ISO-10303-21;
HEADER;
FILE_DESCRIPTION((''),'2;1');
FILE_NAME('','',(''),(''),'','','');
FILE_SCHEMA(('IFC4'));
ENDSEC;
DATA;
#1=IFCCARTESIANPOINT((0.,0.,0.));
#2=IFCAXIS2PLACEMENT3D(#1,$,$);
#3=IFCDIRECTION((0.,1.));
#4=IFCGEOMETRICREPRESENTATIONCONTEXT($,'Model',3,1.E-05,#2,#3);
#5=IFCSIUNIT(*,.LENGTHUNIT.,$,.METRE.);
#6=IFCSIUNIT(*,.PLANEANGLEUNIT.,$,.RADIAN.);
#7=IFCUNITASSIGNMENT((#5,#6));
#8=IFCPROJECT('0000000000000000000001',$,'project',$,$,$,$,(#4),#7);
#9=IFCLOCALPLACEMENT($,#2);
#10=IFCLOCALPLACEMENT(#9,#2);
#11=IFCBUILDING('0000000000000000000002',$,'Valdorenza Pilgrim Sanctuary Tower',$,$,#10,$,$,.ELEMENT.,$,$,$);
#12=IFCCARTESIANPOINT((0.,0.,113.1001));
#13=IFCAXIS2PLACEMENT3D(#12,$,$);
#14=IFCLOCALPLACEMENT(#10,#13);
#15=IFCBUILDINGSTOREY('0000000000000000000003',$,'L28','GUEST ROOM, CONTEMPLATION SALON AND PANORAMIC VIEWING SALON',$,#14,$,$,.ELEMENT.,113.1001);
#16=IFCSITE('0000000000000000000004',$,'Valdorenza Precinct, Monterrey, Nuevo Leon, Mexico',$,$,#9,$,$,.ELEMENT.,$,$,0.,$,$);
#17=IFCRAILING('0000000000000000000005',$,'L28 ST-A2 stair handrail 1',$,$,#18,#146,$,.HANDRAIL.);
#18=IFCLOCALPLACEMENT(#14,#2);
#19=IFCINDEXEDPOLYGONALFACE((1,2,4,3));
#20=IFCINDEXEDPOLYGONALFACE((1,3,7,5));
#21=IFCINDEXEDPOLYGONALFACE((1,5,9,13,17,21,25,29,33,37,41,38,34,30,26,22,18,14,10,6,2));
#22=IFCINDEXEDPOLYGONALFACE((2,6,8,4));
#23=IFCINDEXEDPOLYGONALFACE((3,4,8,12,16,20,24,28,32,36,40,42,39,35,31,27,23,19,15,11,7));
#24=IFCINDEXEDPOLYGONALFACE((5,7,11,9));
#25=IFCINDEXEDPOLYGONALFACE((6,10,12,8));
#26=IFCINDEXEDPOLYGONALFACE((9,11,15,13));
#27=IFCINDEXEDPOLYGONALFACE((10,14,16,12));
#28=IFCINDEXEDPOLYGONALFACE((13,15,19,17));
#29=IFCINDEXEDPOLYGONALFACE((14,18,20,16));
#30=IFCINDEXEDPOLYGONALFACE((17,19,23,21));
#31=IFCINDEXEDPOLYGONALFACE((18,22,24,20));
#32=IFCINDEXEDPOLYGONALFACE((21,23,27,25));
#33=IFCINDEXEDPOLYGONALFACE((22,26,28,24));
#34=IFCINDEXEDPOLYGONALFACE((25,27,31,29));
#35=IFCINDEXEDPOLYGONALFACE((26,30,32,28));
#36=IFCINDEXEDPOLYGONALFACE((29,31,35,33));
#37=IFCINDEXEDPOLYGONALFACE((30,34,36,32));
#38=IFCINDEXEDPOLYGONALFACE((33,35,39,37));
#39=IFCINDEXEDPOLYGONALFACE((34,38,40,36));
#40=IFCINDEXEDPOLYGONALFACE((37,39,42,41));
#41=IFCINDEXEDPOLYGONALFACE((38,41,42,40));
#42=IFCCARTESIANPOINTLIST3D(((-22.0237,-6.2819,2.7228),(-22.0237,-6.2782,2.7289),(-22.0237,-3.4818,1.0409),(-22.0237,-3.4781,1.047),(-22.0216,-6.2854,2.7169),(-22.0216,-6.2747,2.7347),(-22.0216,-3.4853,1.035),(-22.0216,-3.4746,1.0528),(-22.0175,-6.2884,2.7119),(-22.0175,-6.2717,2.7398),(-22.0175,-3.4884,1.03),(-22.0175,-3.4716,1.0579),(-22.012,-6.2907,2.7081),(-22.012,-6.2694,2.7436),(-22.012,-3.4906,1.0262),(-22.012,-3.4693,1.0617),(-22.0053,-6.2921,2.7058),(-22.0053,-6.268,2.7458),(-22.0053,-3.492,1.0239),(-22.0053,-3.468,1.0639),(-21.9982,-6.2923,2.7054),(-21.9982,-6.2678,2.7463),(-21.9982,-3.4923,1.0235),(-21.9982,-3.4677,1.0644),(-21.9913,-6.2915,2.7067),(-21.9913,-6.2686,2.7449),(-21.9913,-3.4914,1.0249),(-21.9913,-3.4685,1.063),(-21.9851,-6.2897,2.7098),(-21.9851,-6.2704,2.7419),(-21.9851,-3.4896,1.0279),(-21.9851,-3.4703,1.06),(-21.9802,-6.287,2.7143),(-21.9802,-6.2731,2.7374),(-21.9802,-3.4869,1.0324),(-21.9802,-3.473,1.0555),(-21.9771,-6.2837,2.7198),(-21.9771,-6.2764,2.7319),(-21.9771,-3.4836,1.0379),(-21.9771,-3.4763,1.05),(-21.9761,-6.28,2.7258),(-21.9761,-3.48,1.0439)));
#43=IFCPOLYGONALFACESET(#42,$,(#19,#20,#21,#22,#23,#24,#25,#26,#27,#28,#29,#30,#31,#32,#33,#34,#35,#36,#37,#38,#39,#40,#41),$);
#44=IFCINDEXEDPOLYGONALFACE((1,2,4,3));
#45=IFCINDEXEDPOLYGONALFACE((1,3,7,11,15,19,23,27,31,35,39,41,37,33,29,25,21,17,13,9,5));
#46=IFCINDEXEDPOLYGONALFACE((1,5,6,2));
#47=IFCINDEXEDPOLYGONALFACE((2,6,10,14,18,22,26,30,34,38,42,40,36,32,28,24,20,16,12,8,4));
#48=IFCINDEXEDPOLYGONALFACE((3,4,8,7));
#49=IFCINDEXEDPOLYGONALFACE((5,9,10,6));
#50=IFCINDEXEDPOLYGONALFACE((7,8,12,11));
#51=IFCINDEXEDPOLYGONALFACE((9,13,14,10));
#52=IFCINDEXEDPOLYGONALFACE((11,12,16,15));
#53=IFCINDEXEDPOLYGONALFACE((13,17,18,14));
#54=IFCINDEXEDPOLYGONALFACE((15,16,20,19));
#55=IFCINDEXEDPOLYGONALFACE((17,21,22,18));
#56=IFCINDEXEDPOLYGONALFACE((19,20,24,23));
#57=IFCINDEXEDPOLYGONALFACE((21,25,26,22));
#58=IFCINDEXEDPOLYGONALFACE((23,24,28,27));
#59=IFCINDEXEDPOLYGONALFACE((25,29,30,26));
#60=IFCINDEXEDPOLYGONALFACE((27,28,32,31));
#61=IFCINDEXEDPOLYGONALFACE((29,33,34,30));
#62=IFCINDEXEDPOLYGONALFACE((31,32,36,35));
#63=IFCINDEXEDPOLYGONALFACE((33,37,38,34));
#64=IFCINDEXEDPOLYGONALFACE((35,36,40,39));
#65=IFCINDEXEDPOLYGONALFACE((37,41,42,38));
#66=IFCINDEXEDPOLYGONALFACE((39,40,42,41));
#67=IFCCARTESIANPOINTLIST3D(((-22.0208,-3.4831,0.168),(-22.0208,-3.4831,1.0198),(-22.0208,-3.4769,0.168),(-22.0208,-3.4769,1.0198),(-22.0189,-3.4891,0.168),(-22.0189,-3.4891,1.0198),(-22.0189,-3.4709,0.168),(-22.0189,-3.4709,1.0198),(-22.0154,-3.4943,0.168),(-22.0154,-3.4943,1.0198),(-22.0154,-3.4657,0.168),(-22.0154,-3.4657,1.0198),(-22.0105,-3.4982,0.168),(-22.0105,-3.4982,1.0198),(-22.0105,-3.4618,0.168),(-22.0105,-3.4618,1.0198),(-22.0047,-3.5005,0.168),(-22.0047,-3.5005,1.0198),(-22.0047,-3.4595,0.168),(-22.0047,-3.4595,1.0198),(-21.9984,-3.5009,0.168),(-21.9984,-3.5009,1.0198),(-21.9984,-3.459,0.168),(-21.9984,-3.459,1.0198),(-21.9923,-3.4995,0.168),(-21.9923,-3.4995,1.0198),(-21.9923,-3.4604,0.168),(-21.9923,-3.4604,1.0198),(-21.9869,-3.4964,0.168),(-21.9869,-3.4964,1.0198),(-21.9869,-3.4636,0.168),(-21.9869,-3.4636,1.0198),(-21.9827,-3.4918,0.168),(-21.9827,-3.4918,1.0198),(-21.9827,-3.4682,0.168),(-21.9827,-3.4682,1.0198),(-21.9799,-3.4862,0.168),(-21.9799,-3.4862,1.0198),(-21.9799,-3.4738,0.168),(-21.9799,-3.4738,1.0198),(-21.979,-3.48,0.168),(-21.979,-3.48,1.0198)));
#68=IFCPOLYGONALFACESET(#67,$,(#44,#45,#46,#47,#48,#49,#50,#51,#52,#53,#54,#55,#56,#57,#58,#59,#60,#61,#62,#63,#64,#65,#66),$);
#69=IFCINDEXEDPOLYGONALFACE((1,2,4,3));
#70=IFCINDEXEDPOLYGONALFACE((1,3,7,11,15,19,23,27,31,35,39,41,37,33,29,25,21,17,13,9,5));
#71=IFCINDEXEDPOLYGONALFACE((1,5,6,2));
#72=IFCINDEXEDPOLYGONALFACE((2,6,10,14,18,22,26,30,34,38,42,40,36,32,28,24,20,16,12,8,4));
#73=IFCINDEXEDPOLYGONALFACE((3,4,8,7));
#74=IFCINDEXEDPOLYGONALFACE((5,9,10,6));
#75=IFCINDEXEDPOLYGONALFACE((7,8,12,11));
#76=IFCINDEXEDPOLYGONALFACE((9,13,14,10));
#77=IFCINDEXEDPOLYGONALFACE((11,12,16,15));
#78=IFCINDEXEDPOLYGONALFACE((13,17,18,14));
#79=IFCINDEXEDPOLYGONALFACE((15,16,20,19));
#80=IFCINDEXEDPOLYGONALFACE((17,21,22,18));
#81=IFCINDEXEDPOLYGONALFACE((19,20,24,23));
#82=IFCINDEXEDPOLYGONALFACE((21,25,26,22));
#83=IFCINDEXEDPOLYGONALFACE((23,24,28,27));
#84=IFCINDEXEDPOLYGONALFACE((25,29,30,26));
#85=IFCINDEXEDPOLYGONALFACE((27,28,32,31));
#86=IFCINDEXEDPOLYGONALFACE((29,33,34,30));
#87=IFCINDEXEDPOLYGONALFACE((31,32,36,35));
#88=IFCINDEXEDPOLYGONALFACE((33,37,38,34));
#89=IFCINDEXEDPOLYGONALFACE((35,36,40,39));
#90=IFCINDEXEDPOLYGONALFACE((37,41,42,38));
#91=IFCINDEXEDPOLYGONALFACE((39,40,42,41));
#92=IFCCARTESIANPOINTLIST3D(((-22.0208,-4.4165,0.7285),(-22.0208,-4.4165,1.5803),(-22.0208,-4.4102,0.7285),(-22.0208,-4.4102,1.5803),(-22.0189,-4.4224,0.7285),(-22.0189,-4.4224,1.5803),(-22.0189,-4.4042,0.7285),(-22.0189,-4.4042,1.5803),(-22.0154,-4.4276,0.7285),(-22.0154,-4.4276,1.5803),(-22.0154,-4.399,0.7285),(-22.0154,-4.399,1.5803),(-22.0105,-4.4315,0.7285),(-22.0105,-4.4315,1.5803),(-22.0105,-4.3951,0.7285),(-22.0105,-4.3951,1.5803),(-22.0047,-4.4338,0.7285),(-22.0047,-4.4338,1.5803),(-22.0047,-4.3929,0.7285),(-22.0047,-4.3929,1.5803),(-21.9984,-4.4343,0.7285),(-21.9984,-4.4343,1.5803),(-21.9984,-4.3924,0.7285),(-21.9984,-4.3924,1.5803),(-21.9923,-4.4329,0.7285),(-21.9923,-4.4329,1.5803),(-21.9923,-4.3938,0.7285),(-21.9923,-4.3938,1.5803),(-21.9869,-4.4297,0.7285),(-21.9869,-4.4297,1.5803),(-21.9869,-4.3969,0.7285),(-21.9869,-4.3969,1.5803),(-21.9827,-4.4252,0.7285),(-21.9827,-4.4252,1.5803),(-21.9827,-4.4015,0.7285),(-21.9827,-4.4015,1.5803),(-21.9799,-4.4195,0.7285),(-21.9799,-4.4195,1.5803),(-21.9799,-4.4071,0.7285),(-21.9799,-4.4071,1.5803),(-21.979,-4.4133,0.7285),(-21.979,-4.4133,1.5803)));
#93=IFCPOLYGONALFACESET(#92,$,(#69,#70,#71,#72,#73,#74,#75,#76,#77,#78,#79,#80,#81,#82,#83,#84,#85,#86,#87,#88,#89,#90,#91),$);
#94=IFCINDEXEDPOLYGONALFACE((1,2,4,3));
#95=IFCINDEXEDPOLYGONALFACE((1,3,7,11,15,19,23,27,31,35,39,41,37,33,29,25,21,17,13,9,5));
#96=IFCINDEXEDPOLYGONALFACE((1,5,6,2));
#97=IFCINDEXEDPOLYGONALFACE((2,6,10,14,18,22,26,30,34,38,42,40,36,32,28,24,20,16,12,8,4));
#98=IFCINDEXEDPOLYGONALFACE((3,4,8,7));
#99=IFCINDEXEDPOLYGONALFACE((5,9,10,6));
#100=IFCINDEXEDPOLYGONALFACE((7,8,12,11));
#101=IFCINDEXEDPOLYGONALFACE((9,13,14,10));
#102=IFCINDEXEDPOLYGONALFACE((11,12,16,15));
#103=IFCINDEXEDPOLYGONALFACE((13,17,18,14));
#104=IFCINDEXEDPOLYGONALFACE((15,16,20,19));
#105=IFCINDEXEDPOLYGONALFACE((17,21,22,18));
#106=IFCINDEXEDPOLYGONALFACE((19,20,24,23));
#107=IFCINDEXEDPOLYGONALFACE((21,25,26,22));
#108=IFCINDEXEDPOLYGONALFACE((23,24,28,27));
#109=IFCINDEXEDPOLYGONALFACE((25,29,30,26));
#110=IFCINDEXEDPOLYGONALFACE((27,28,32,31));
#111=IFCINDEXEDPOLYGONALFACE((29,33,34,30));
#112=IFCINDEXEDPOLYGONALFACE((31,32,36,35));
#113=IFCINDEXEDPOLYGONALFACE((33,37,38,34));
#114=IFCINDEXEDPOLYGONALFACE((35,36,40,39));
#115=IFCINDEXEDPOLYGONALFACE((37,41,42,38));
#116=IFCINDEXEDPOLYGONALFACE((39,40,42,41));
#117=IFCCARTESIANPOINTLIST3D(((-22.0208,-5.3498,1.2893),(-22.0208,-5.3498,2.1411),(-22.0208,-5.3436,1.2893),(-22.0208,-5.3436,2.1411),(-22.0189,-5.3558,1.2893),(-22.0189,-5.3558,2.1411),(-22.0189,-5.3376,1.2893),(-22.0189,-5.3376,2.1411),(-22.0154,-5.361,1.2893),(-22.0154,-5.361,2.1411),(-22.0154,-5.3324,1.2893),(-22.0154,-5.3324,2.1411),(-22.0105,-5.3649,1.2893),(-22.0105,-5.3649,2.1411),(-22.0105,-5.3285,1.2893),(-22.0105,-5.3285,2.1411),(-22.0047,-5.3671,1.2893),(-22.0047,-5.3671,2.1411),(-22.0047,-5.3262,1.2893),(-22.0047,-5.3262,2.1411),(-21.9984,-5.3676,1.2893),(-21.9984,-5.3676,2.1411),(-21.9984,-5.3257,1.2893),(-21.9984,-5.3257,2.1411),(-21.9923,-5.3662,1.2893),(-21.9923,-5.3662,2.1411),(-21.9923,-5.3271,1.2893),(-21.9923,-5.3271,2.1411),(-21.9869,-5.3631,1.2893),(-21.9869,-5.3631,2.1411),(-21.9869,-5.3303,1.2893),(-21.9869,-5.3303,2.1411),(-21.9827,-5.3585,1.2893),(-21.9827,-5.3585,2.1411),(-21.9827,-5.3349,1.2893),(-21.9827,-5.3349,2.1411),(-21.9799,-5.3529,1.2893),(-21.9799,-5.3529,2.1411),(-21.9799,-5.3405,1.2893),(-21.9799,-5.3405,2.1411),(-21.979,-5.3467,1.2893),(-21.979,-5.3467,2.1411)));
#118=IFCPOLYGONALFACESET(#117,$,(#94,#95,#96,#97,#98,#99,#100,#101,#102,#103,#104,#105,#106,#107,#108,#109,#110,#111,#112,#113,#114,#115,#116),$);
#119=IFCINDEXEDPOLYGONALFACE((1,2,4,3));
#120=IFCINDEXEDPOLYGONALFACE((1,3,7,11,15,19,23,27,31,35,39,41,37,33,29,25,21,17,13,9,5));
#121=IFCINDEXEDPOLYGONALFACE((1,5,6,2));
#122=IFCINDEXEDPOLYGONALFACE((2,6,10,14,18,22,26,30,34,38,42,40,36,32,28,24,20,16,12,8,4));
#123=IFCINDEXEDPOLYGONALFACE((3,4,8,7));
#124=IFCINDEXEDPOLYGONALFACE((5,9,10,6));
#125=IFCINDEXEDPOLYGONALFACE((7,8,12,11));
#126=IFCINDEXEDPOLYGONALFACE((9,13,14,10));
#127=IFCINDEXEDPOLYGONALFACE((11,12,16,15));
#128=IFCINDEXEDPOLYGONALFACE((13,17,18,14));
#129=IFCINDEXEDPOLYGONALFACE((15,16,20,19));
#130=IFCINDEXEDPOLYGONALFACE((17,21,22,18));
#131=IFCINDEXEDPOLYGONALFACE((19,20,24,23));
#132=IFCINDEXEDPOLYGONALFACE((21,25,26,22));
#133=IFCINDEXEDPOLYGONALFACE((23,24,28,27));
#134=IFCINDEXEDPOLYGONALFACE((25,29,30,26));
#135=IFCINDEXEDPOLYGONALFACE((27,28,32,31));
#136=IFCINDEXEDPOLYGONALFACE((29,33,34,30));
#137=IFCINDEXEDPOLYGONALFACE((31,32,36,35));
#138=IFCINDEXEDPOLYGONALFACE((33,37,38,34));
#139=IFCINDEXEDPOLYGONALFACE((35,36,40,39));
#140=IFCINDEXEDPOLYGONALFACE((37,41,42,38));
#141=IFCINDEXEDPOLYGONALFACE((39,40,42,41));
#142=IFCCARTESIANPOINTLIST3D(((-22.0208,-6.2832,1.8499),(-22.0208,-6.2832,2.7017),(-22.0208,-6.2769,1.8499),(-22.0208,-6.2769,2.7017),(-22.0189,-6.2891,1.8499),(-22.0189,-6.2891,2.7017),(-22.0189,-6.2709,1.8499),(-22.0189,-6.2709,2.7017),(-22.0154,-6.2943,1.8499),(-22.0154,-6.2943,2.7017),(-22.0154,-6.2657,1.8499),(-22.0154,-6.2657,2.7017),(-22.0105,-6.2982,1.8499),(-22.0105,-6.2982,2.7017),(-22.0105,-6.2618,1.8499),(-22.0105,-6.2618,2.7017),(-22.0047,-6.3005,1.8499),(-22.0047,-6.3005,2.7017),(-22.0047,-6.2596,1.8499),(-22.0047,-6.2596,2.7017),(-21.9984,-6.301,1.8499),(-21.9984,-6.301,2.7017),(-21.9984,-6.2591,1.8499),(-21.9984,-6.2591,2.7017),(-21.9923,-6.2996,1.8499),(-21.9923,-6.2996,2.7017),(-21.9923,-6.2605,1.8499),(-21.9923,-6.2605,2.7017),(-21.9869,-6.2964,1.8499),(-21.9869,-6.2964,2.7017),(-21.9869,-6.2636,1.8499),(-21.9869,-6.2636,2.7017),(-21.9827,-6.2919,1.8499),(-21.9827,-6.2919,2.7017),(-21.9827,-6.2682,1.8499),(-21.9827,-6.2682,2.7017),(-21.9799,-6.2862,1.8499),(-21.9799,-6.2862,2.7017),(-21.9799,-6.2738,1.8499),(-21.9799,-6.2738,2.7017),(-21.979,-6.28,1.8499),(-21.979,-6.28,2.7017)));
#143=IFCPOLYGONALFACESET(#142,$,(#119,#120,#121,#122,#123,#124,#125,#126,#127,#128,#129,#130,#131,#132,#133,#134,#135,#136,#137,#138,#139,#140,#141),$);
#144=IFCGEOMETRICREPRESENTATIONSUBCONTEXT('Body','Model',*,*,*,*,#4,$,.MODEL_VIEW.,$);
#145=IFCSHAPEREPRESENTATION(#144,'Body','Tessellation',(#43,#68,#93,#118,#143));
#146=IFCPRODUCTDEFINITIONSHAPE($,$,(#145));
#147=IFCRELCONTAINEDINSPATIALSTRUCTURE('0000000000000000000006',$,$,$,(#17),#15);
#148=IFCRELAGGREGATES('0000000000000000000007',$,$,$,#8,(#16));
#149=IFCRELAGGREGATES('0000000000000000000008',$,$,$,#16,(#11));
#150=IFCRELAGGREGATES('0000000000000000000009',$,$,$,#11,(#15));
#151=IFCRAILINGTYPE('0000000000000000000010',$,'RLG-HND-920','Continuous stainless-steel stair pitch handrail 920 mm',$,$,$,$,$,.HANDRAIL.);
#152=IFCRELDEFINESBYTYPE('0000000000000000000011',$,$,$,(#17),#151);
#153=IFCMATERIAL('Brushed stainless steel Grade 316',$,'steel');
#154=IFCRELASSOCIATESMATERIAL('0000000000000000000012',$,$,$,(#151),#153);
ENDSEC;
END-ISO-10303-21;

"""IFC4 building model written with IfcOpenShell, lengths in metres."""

from ifc_helpers import new_model, si_unit, direction, frame, origin, origin_2d, place, context, subcontext, project, spatial, circle, extrude, material, type_object, element, save


model = new_model("IFC4")

# Units and contexts
model_context = context("Model", 3, precision=1e-05, world=origin(), true_north=direction((0.0, 1.0)))
body_context = subcontext(model_context, "Body", "Model", "MODEL_VIEW")
ifc_project = project(units=[si_unit("LENGTHUNIT", "METRE"), si_unit("PLANEANGLEUNIT", "RADIAN")], contexts=[model_context])

# Site, building, storey
site_placement = place(None, origin())
site = spatial("IfcSite", under=ifc_project, at=site_placement, Name="Valdorenza Precinct, Monterrey, Nuevo Leon, Mexico", CompositionType="ELEMENT", RefElevation=0.0)
building_placement = place(site_placement, origin())
building = spatial("IfcBuilding", under=site, at=building_placement, Name="Valdorenza Pilgrim Sanctuary Tower", CompositionType="ELEMENT")
storey_placement = place(building_placement, frame((0.0, 0.0, 113.1001)))
storey = spatial("IfcBuildingStorey", under=building, at=storey_placement, Name="L28", Description="GUEST ROOM, CONTEMPLATION SALON AND PANORAMIC VIEWING SALON", CompositionType="ELEMENT", Elevation=113.1001)

# Shared definitions
ifc_material_1 = material(Name="Brushed stainless steel Grade 316", Category="steel")

# Railing
railing_type_1 = type_object("IfcRailingType", Name="RLG-HND-920", Description="Continuous stainless-steel stair pitch handrail 920 mm", PredefinedType="HANDRAIL", material=ifc_material_1)
railing_1_placement = place(storey_placement, frame((-22.0, -3.48, 0.168)))
element("IfcRailing", 1, at=railing_1_placement, inside=storey, type_object=railing_type_1, Name="L28 ST-A2 stair handrail 1", PredefinedType="HANDRAIL", context=body_context, shape_type="SweptSolid", body=[
    extrude(circle(Radius=0.0239, at=origin_2d()), frame((0.0, 0.0, 0.876), z_axis=(0.0, -0.857242, 0.514913), x_axis=(1.0, 0.0, 0.0)), (0.0, 0.0, 1.0), 3.2664),
    extrude(circle(Radius=0.021, at=origin_2d()), origin(), (0.0, 0.0, 1.0), 0.8518),
    extrude(circle(Radius=0.021, at=origin_2d()), frame((0.0, -0.9333, 0.5605)), (0.0, 0.0, 1.0), 0.8518),
    extrude(circle(Radius=0.021, at=origin_2d()), frame((0.0, -1.8667, 1.1213)), (0.0, 0.0, 1.0), 0.8518),
    extrude(circle(Radius=0.021, at=origin_2d()), frame((0.0, -2.8, 1.6819)), (0.0, 0.0, 1.0), 0.8518),
])

save(model, "model.ifc")
